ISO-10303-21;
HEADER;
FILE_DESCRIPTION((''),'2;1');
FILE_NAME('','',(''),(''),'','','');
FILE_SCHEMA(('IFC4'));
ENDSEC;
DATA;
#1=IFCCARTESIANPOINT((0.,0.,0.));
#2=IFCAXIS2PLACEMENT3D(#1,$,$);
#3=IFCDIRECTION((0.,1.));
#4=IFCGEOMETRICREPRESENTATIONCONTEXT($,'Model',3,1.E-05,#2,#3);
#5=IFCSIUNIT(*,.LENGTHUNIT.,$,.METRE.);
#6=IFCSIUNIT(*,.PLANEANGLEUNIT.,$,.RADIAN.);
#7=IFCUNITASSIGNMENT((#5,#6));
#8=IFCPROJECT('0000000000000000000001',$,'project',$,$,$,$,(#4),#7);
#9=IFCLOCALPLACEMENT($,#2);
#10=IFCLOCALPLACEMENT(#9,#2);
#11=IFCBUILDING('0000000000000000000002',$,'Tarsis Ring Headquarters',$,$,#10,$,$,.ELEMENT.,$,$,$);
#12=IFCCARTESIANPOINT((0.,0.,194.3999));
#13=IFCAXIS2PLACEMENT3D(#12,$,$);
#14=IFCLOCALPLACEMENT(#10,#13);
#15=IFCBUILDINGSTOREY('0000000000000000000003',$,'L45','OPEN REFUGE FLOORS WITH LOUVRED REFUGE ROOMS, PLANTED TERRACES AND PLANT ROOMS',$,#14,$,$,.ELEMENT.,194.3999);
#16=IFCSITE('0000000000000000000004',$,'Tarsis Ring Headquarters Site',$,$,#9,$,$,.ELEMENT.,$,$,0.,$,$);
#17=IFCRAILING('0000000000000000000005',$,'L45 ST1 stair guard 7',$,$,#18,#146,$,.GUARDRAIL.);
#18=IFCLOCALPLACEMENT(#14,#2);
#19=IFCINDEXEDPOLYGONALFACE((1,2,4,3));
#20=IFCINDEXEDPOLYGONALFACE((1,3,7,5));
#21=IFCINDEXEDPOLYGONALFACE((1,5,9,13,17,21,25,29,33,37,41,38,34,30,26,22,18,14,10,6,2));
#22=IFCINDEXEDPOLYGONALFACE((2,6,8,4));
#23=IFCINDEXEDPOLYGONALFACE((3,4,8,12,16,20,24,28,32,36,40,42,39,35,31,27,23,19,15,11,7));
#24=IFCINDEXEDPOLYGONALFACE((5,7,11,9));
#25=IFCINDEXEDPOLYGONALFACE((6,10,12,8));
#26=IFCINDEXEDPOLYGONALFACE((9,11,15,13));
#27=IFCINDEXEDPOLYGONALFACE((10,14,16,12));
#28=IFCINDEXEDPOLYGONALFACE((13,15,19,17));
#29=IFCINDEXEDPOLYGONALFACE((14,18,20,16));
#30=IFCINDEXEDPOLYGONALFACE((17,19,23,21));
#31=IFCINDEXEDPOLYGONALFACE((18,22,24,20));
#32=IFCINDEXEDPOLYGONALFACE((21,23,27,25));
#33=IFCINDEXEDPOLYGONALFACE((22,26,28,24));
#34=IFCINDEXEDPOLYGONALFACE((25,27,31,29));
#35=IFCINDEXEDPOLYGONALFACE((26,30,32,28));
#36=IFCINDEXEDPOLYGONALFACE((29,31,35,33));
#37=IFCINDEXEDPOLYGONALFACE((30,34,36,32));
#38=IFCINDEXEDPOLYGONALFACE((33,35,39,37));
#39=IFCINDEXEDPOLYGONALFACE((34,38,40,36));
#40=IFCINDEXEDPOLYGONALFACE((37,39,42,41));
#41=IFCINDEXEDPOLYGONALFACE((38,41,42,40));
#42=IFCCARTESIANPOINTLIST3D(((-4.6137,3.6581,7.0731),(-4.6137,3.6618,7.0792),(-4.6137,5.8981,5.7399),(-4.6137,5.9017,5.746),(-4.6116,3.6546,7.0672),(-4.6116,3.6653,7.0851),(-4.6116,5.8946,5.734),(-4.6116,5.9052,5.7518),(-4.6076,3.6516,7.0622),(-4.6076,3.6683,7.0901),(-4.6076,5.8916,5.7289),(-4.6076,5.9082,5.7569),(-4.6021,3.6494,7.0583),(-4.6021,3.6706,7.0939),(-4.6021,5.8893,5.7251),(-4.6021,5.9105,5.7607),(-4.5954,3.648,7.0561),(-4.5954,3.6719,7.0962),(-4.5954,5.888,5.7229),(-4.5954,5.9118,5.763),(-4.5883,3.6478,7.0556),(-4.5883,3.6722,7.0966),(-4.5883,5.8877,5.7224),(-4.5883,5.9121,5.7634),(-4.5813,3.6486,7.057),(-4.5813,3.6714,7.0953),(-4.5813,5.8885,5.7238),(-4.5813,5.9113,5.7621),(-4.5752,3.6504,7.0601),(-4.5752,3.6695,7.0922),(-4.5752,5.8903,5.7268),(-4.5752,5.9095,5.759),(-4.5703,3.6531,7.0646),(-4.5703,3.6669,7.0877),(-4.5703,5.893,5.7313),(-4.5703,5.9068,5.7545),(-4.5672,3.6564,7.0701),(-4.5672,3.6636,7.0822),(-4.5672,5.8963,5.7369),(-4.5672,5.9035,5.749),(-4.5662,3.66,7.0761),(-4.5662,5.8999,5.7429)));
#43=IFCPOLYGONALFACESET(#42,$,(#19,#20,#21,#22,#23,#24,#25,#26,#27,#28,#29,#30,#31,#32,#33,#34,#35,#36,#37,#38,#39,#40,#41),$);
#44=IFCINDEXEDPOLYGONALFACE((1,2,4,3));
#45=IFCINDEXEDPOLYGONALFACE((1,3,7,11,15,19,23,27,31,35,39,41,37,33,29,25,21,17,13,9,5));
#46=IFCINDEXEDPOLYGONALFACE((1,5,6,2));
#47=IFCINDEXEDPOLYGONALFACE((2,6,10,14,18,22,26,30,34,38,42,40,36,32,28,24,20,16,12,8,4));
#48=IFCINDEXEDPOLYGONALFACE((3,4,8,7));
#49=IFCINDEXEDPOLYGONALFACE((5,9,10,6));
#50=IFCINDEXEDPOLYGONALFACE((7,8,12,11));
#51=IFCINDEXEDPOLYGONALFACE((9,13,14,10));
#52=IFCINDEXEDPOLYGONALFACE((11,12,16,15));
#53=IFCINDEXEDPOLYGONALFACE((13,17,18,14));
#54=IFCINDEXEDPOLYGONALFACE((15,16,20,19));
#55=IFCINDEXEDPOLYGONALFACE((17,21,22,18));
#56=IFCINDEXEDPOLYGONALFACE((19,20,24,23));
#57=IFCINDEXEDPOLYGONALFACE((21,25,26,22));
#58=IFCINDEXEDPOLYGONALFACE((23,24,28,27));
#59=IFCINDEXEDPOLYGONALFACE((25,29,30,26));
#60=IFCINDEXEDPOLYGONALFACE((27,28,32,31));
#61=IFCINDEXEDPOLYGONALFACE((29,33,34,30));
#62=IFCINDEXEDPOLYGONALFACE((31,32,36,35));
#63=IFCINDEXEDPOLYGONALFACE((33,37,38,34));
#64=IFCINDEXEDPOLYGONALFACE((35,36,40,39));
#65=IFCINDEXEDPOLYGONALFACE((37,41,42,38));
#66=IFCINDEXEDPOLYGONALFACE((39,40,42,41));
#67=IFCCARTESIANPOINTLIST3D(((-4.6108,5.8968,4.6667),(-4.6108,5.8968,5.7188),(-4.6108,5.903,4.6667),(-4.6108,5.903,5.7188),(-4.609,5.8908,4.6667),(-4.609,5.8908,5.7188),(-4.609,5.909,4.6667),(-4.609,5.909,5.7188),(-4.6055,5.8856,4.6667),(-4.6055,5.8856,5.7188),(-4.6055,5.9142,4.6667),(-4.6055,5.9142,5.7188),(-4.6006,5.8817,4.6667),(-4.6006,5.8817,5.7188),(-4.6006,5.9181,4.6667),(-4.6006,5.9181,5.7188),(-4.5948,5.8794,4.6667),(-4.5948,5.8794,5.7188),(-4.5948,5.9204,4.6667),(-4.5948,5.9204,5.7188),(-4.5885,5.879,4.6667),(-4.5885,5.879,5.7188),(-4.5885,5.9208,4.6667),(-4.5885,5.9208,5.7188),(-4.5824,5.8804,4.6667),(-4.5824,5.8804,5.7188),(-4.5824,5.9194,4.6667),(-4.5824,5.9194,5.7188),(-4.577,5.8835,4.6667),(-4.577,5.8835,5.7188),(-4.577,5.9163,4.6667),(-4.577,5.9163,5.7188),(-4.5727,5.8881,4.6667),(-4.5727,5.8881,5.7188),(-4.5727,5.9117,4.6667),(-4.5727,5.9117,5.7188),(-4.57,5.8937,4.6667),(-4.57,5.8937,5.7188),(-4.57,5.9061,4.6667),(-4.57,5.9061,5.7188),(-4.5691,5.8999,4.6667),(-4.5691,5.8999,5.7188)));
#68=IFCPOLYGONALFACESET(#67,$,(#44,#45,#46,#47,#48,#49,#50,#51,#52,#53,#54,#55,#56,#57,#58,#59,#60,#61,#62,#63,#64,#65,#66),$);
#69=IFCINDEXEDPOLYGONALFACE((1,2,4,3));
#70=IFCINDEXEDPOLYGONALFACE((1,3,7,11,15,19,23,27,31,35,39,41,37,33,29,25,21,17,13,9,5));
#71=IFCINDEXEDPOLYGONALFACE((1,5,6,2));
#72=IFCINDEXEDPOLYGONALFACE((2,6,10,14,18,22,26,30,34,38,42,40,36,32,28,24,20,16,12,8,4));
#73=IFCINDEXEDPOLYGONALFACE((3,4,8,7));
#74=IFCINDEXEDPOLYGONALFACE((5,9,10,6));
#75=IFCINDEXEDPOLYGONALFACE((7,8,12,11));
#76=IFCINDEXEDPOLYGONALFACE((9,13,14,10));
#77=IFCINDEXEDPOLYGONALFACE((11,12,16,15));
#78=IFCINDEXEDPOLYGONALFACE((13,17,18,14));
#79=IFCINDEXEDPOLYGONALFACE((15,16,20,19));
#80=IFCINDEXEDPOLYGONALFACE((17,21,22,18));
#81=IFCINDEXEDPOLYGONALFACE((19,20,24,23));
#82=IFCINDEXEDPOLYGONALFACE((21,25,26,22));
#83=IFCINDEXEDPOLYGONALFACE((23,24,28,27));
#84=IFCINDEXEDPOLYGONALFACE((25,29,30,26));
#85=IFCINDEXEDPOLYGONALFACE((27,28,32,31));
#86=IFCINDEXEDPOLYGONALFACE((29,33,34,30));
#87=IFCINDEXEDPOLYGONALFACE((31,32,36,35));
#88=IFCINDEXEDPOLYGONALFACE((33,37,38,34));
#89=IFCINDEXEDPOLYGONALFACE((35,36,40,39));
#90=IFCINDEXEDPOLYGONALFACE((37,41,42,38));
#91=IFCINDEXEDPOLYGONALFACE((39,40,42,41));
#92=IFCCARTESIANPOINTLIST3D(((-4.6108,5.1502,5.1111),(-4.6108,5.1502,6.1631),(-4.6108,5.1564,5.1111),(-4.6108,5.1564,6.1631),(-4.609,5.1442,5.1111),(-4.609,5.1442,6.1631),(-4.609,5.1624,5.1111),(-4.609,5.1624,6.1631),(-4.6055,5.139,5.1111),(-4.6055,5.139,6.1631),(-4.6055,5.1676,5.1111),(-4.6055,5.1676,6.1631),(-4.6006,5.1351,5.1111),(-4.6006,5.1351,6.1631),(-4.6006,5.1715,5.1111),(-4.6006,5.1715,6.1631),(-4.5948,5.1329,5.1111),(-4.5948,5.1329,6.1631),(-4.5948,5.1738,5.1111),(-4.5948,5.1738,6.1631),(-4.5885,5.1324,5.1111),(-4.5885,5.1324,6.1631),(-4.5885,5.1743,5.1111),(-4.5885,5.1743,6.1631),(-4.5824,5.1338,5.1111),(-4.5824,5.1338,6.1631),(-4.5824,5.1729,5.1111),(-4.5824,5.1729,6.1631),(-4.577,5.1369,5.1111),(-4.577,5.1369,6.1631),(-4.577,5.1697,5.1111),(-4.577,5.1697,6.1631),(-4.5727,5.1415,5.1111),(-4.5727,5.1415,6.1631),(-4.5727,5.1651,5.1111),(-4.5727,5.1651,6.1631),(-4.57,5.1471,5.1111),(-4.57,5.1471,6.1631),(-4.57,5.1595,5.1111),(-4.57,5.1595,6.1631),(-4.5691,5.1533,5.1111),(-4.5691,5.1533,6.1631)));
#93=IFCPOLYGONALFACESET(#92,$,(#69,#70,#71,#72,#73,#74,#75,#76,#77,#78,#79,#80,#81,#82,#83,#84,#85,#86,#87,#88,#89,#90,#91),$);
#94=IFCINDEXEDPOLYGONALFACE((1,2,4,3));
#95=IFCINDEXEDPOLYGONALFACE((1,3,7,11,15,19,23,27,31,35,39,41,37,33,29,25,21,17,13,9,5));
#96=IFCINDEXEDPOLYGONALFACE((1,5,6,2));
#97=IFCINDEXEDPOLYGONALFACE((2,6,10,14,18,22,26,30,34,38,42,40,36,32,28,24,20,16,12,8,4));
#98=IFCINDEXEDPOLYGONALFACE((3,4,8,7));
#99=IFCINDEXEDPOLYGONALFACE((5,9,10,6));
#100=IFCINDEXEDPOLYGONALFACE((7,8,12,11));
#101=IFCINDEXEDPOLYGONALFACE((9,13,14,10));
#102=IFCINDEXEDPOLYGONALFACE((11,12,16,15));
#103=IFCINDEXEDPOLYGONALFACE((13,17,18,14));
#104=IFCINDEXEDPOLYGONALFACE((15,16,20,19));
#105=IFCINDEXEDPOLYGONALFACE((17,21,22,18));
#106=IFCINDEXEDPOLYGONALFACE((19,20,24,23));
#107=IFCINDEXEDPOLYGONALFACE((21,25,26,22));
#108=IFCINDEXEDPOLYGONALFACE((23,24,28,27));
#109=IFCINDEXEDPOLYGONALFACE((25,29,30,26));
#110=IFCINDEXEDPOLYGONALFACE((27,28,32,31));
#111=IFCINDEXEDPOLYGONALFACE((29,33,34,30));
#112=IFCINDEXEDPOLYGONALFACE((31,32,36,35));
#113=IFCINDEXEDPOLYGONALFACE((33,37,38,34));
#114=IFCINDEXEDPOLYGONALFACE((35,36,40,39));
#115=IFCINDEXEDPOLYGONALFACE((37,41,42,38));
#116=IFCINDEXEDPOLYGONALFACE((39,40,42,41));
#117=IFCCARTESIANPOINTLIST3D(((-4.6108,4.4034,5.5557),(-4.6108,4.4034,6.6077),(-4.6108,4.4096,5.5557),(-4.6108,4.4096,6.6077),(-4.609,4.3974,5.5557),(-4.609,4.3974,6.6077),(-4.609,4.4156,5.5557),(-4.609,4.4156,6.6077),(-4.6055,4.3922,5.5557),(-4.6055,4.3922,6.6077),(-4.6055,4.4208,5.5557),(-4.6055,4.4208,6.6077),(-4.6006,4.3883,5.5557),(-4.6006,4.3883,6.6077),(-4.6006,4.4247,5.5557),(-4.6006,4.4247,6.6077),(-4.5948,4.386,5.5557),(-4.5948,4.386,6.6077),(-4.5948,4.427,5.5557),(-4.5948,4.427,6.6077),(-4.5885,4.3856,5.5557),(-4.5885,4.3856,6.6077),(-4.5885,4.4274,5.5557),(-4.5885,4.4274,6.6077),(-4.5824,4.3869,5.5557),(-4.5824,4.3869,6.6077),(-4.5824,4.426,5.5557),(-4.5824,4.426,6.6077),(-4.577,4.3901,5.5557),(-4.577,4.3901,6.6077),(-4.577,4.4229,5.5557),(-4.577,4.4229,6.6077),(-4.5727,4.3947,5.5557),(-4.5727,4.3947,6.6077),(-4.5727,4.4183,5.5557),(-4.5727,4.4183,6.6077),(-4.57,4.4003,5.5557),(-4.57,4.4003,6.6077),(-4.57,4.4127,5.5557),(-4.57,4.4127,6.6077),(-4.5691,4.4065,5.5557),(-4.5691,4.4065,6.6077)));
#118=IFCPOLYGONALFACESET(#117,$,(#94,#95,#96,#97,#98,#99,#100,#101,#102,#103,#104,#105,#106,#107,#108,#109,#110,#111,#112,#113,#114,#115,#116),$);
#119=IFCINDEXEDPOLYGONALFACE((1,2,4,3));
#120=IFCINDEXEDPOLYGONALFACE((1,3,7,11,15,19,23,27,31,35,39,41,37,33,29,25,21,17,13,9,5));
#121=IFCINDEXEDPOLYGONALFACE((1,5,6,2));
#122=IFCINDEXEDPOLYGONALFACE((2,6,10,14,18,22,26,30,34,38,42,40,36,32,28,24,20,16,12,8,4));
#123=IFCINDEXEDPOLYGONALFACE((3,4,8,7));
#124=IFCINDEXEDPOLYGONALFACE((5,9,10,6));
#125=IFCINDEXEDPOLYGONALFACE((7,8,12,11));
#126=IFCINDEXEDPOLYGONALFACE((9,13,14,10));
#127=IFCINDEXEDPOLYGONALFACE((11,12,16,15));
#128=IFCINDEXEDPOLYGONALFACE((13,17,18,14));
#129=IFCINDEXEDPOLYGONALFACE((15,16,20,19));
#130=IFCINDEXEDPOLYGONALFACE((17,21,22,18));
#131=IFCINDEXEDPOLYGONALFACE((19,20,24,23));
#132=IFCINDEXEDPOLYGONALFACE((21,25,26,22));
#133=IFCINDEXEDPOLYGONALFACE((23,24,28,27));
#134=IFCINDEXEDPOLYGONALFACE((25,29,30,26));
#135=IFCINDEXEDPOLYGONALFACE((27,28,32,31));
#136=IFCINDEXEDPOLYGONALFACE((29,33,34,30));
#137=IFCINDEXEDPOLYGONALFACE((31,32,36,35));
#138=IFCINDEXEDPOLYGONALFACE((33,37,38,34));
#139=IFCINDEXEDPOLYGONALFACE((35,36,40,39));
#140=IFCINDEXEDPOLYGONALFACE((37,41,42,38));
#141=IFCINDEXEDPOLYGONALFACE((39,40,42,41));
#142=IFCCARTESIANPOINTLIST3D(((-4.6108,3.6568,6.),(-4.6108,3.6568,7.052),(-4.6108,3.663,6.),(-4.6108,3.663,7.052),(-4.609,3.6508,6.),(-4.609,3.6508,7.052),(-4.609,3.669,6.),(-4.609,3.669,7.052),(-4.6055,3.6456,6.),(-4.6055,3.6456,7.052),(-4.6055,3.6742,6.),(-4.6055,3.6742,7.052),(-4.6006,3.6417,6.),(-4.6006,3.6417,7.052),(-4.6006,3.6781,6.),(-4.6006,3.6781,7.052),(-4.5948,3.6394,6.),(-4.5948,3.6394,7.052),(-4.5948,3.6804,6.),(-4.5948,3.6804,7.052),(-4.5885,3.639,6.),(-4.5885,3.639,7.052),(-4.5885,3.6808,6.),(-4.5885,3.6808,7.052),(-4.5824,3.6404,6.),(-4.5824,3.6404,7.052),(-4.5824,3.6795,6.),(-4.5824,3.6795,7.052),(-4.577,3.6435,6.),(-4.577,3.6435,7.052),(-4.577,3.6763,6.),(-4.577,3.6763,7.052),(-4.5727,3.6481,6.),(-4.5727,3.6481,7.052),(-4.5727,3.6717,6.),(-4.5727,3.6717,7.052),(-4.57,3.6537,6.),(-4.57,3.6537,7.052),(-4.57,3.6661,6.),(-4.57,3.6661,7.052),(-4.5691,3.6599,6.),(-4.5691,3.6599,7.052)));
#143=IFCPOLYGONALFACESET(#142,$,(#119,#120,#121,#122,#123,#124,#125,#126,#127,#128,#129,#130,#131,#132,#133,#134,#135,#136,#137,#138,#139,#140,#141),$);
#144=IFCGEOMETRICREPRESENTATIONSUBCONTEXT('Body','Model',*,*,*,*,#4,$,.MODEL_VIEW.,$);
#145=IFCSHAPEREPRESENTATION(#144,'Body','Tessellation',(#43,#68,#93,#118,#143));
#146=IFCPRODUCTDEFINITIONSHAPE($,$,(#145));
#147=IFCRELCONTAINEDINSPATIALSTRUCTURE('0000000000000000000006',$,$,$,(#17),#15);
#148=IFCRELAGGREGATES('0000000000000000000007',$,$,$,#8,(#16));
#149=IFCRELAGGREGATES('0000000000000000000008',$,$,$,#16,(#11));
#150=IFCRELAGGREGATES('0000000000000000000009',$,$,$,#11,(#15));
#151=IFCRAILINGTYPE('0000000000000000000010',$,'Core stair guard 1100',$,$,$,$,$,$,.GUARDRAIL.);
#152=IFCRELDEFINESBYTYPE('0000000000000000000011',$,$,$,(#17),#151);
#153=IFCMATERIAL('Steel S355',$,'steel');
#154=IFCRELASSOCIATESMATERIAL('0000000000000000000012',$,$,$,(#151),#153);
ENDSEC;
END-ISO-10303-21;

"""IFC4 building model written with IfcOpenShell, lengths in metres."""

from ifc_helpers import new_model, si_unit, direction, frame, origin, origin_2d, place, context, subcontext, project, spatial, circle, extrude, material, type_object, element, save


model = new_model("IFC4")

# Units and contexts
model_context = context("Model", 3, precision=1e-05, world=origin(), true_north=direction((0.0, 1.0)))
body_context = subcontext(model_context, "Body", "Model", "MODEL_VIEW")
ifc_project = project(units=[si_unit("LENGTHUNIT", "METRE"), si_unit("PLANEANGLEUNIT", "RADIAN")], contexts=[model_context])

# Site, building, storey
site_placement = place(None, origin())
site = spatial("IfcSite", under=ifc_project, at=site_placement, Name="Tarsis Ring Headquarters Site", CompositionType="ELEMENT", RefElevation=0.0)
building_placement = place(site_placement, origin())
building = spatial("IfcBuilding", under=site, at=building_placement, Name="Tarsis Ring Headquarters", CompositionType="ELEMENT")
storey_placement = place(building_placement, frame((0.0, 0.0, 194.3999)))
storey = spatial("IfcBuildingStorey", under=building, at=storey_placement, Name="L45", Description="OPEN REFUGE FLOORS WITH LOUVRED REFUGE ROOMS, PLANTED TERRACES AND PLANT ROOMS", CompositionType="ELEMENT", Elevation=194.3999)

# Shared definitions
ifc_material_1 = material(Name="Steel S355", Category="steel")

# Railing
railing_type_1 = type_object("IfcRailingType", Name="Core stair guard 1100", PredefinedType="GUARDRAIL", material=ifc_material_1)
railing_1_placement = place(storey_placement, frame((-4.5901, 5.8999, 4.6667)))
element("IfcRailing", 1, at=railing_1_placement, inside=storey, type_object=railing_type_1, Name="L45 ST1 stair guard 7", PredefinedType="GUARDRAIL", context=body_context, shape_type="SweptSolid", body=[
    extrude(circle(Radius=0.0239, at=origin_2d()), frame((0.0, 0.0, 1.0762), z_axis=(0.0, -0.859306, 0.511462), x_axis=(1.0, 0.0, 0.0)), (0.0, 0.0, 1.0), 2.6067),
    extrude(circle(Radius=0.021, at=origin_2d()), origin(), (0.0, 0.0, 1.0), 1.052),
    extrude(circle(Radius=0.021, at=origin_2d()), frame((0.0, -0.7466, 0.4443)), (0.0, 0.0, 1.0), 1.052),
    extrude(circle(Radius=0.021, at=origin_2d()), frame((0.0, -1.4934, 0.8889)), (0.0, 0.0, 1.0), 1.052),
    extrude(circle(Radius=0.021, at=origin_2d()), frame((0.0, -2.24, 1.3333)), (0.0, 0.0, 1.0), 1.052),
])

save(model, "model.ifc")
